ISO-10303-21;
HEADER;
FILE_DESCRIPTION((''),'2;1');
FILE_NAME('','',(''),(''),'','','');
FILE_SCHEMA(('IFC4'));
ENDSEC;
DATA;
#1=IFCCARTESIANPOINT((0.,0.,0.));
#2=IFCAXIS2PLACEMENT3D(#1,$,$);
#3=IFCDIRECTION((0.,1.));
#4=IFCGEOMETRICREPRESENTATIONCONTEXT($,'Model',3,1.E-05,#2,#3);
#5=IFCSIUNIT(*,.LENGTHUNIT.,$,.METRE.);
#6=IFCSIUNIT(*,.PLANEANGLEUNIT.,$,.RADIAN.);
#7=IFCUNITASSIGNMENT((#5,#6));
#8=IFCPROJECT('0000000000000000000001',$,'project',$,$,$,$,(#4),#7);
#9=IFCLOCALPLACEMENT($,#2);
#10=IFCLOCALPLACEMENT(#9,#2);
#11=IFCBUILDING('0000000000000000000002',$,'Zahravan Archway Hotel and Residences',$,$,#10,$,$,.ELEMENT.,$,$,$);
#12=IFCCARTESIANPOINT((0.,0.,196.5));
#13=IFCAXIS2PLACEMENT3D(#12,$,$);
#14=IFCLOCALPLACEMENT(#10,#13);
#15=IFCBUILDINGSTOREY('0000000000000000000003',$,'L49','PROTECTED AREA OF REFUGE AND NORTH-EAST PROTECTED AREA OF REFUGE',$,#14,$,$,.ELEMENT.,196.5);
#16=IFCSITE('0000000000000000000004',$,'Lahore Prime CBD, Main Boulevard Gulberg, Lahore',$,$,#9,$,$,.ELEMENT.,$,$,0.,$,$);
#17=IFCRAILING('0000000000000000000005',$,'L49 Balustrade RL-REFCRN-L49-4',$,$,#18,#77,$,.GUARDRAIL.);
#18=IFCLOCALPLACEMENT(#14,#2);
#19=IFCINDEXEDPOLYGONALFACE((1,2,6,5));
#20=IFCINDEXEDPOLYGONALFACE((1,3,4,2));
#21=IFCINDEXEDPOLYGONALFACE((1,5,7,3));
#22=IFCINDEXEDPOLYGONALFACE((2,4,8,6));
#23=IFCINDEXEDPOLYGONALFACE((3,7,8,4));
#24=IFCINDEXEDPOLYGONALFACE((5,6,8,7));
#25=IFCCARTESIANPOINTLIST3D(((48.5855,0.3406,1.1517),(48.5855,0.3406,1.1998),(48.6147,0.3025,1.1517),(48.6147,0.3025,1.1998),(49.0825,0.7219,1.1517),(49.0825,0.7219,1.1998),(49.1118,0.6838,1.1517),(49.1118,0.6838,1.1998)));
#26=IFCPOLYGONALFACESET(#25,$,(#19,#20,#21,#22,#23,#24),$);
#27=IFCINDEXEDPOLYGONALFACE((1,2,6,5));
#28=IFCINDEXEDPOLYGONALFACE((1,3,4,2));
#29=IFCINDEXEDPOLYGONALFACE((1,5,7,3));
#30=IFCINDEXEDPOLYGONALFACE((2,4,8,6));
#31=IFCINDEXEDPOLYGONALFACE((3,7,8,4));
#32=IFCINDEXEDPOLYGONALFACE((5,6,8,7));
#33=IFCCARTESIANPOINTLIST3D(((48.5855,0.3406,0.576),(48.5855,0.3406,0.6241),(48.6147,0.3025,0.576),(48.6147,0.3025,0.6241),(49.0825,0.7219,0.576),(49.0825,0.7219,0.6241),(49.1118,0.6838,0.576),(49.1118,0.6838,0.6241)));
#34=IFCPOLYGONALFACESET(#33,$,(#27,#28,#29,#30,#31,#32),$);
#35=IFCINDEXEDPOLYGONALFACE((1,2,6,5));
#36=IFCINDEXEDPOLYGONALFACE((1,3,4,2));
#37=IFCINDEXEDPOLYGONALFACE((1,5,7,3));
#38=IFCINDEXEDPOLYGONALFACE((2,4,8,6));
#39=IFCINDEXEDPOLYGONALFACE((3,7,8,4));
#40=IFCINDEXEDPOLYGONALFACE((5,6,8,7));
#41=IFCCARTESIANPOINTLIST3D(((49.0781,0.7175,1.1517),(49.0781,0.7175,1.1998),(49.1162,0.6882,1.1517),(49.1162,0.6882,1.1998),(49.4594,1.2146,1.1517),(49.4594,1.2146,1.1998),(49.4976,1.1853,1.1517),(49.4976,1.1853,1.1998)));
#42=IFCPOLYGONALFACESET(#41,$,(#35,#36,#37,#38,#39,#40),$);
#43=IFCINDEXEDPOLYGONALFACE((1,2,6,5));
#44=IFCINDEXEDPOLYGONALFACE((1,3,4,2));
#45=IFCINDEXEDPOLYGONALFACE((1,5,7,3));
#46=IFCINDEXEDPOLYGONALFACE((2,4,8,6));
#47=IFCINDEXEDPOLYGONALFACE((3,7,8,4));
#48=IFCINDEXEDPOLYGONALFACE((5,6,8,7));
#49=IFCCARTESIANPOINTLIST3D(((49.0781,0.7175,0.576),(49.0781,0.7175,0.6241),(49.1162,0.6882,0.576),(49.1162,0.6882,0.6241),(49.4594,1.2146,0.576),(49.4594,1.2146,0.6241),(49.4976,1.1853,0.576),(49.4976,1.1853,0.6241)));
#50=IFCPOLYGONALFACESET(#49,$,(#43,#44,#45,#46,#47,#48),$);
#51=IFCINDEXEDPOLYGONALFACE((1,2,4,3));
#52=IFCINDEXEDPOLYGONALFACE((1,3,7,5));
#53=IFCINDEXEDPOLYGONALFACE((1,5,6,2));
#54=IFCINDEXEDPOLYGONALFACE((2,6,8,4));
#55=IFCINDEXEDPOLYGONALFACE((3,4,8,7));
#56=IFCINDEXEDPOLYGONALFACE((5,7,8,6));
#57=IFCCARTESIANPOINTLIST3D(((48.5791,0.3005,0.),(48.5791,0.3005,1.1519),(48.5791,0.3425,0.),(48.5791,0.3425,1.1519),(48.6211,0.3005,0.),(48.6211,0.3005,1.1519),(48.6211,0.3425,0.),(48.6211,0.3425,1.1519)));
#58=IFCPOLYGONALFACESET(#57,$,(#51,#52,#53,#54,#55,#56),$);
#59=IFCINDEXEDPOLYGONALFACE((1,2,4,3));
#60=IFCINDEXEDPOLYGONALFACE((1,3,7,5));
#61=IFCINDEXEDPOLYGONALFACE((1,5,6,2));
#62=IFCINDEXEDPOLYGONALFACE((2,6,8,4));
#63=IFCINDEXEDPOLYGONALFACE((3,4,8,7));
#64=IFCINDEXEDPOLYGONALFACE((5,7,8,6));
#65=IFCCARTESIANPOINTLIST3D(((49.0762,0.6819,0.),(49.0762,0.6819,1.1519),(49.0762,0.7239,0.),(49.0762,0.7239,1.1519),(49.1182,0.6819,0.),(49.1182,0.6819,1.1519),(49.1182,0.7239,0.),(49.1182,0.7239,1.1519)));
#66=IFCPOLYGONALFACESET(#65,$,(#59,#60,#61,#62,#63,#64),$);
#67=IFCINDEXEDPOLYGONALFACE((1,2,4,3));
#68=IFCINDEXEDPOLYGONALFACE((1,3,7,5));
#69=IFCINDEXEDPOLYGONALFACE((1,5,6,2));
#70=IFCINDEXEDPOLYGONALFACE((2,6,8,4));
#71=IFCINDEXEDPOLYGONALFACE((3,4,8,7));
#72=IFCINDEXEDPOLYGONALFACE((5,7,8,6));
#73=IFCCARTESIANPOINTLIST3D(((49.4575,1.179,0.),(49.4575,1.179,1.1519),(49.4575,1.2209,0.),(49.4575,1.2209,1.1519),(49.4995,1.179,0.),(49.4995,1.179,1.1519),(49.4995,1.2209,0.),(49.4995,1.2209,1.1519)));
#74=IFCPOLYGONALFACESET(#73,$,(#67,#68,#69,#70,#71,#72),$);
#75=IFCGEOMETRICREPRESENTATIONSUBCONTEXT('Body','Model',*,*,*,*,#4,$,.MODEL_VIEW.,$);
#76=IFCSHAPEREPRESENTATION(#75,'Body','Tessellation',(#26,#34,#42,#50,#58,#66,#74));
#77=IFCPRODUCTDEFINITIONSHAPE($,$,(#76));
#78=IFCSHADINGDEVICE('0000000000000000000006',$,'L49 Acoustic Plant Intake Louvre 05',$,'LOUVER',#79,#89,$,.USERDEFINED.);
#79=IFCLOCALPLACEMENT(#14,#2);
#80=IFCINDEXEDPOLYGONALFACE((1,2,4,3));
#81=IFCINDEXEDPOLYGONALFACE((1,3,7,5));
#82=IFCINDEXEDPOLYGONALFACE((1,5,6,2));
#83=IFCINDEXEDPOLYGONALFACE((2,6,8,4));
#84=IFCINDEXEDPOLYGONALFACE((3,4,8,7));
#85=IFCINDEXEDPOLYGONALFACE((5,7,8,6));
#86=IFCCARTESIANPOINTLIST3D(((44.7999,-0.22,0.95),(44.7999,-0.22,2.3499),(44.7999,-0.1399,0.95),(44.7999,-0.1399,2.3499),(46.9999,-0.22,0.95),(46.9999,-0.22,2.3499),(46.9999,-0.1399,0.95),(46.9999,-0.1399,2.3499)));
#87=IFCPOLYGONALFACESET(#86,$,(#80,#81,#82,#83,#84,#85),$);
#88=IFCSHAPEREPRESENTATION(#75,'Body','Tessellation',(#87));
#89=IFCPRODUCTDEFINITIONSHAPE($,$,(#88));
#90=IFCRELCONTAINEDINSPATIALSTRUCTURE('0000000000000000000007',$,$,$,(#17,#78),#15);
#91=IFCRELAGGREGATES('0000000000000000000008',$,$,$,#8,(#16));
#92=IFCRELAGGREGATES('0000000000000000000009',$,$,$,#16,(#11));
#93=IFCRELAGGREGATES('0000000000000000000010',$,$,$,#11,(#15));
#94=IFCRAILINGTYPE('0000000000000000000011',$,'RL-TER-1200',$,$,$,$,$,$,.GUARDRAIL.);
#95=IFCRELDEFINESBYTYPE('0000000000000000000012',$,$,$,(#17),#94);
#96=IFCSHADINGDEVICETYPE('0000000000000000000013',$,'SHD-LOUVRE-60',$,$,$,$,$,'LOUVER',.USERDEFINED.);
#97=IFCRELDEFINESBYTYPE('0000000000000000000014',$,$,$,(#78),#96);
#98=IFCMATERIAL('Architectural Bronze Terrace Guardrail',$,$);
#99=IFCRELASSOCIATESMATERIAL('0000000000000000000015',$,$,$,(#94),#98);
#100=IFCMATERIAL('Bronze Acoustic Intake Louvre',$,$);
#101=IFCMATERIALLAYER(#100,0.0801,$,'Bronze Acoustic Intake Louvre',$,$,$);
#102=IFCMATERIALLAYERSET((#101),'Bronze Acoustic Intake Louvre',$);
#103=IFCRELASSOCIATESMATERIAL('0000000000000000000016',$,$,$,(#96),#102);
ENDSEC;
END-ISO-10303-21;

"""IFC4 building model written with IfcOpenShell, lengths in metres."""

from ifc_helpers import new_model, si_unit, direction, frame, origin, origin_2d, place, context, subcontext, project, spatial, rectangle, extrude, source, transform, mapped, material, layer, layer_set, type_object, type_shapes, element, save


model = new_model("IFC4")

# Units and contexts
model_context = context("Model", 3, precision=1e-05, world=origin(), true_north=direction((0.0, 1.0)))
body_context = subcontext(model_context, "Body", "Model", "MODEL_VIEW")
ifc_project = project(units=[si_unit("LENGTHUNIT", "METRE"), si_unit("PLANEANGLEUNIT", "RADIAN")], contexts=[model_context])

# Site, building, storey
site_placement = place(None, origin())
site = spatial("IfcSite", under=ifc_project, at=site_placement, Name="Lahore Prime CBD, Main Boulevard Gulberg, Lahore", CompositionType="ELEMENT", RefElevation=0.0)
building_placement = place(site_placement, origin())
building = spatial("IfcBuilding", under=site, at=building_placement, Name="Zahravan Archway Hotel and Residences", CompositionType="ELEMENT")
storey_placement = place(building_placement, frame((0.0, 0.0, 196.5)))
storey = spatial("IfcBuildingStorey", under=building, at=storey_placement, Name="L49", Description="PROTECTED AREA OF REFUGE AND NORTH-EAST PROTECTED AREA OF REFUGE", CompositionType="ELEMENT", Elevation=196.5)

# Railing
ifc_material_1 = material(Name="Architectural Bronze Terrace Guardrail")
railing_type_1 = type_object("IfcRailingType", Name="RL-TER-1200", PredefinedType="GUARDRAIL", material=ifc_material_1)
railing_1_placement = place(storey_placement, frame((48.6001, 0.3215, 0.0)))
element("IfcRailing", 1, at=railing_1_placement, inside=storey, type_object=railing_type_1, Name="L49 Balustrade RL-REFCRN-L49-4", PredefinedType="GUARDRAIL", context=body_context, shape_type="SweptSolid", body=[
    extrude(rectangle(XDim=0.0481, YDim=0.0481, at=origin_2d()), frame((0.0, 0.0, 1.1758), z_axis=(0.793406, 0.608693, 0.0), x_axis=(-0.608693, 0.793406, 0.0)), (0.0, 0.0, 1.0), 0.6265),
    extrude(rectangle(XDim=0.0481, YDim=0.0481, at=origin_2d()), frame((0.0, 0.0, 0.6001), z_axis=(0.793406, 0.608693, 0.0), x_axis=(-0.608693, 0.793406, 0.0)), (0.0, 0.0, 1.0), 0.6265),
    extrude(rectangle(XDim=0.0481, YDim=0.0481, at=origin_2d()), frame((0.4971, 0.3813, 1.1758), z_axis=(0.608693, 0.793406, 0.0), x_axis=(-0.793406, 0.608693, 0.0)), (0.0, 0.0, 1.0), 0.6265),
    extrude(rectangle(XDim=0.0481, YDim=0.0481, at=origin_2d()), frame((0.4971, 0.3813, 0.6001), z_axis=(0.608693, 0.793406, 0.0), x_axis=(-0.793406, 0.608693, 0.0)), (0.0, 0.0, 1.0), 0.6265),
    extrude(rectangle(XDim=0.042, YDim=0.042, at=origin_2d()), origin(), (0.0, 0.0, 1.0), 1.1519),
    extrude(rectangle(XDim=0.042, YDim=0.042, at=origin_2d()), frame((0.4971, 0.3813, 0.0)), (0.0, 0.0, 1.0), 1.1519),
    extrude(rectangle(XDim=0.042, YDim=0.042, at=origin_2d()), frame((0.8784, 0.8784, 0.0)), (0.0, 0.0, 1.0), 1.1519),
])

# Shading device
ifc_material_2 = material(Name="Bronze Acoustic Intake Louvre")
ifc_layer_1 = layer(ifc_material_2, 0.0801, Name="Bronze Acoustic Intake Louvre")
ifc_layer_set_1 = layer_set([ifc_layer_1], Name="Bronze Acoustic Intake Louvre")
shading_device_type = type_object("IfcShadingDeviceType", Name="SHD-LOUVRE-60", ElementType="LOUVER", PredefinedType="USERDEFINED", material=ifc_layer_set_1)
shared_shape_1 = source(origin(), body_context, "Body", "SweptSolid", [
    extrude(rectangle(XDim=2.2, YDim=0.0801, at=origin_2d()), origin(), (0.0, 0.0, 1.0), 1.3999),
])
type_shapes(shading_device_type, [shared_shape_1])
shading_device_placement = place(storey_placement, frame((45.8999, -0.1799, 0.95), z_axis=(0.0, 0.0, 1.0), x_axis=(1.0, 0.0, 0.0)))
element("IfcShadingDevice", 2, at=shading_device_placement, inside=storey, type_object=shading_device_type, Name="L49 Acoustic Plant Intake Louvre 05", ObjectType="LOUVER", PredefinedType="USERDEFINED", context=body_context, shape_type="MappedRepresentation", body=[
    mapped(shared_shape_1, transform((0.0, 0.0, 0.0), scale=1.0)),
])

save(model, "model.ifc")
